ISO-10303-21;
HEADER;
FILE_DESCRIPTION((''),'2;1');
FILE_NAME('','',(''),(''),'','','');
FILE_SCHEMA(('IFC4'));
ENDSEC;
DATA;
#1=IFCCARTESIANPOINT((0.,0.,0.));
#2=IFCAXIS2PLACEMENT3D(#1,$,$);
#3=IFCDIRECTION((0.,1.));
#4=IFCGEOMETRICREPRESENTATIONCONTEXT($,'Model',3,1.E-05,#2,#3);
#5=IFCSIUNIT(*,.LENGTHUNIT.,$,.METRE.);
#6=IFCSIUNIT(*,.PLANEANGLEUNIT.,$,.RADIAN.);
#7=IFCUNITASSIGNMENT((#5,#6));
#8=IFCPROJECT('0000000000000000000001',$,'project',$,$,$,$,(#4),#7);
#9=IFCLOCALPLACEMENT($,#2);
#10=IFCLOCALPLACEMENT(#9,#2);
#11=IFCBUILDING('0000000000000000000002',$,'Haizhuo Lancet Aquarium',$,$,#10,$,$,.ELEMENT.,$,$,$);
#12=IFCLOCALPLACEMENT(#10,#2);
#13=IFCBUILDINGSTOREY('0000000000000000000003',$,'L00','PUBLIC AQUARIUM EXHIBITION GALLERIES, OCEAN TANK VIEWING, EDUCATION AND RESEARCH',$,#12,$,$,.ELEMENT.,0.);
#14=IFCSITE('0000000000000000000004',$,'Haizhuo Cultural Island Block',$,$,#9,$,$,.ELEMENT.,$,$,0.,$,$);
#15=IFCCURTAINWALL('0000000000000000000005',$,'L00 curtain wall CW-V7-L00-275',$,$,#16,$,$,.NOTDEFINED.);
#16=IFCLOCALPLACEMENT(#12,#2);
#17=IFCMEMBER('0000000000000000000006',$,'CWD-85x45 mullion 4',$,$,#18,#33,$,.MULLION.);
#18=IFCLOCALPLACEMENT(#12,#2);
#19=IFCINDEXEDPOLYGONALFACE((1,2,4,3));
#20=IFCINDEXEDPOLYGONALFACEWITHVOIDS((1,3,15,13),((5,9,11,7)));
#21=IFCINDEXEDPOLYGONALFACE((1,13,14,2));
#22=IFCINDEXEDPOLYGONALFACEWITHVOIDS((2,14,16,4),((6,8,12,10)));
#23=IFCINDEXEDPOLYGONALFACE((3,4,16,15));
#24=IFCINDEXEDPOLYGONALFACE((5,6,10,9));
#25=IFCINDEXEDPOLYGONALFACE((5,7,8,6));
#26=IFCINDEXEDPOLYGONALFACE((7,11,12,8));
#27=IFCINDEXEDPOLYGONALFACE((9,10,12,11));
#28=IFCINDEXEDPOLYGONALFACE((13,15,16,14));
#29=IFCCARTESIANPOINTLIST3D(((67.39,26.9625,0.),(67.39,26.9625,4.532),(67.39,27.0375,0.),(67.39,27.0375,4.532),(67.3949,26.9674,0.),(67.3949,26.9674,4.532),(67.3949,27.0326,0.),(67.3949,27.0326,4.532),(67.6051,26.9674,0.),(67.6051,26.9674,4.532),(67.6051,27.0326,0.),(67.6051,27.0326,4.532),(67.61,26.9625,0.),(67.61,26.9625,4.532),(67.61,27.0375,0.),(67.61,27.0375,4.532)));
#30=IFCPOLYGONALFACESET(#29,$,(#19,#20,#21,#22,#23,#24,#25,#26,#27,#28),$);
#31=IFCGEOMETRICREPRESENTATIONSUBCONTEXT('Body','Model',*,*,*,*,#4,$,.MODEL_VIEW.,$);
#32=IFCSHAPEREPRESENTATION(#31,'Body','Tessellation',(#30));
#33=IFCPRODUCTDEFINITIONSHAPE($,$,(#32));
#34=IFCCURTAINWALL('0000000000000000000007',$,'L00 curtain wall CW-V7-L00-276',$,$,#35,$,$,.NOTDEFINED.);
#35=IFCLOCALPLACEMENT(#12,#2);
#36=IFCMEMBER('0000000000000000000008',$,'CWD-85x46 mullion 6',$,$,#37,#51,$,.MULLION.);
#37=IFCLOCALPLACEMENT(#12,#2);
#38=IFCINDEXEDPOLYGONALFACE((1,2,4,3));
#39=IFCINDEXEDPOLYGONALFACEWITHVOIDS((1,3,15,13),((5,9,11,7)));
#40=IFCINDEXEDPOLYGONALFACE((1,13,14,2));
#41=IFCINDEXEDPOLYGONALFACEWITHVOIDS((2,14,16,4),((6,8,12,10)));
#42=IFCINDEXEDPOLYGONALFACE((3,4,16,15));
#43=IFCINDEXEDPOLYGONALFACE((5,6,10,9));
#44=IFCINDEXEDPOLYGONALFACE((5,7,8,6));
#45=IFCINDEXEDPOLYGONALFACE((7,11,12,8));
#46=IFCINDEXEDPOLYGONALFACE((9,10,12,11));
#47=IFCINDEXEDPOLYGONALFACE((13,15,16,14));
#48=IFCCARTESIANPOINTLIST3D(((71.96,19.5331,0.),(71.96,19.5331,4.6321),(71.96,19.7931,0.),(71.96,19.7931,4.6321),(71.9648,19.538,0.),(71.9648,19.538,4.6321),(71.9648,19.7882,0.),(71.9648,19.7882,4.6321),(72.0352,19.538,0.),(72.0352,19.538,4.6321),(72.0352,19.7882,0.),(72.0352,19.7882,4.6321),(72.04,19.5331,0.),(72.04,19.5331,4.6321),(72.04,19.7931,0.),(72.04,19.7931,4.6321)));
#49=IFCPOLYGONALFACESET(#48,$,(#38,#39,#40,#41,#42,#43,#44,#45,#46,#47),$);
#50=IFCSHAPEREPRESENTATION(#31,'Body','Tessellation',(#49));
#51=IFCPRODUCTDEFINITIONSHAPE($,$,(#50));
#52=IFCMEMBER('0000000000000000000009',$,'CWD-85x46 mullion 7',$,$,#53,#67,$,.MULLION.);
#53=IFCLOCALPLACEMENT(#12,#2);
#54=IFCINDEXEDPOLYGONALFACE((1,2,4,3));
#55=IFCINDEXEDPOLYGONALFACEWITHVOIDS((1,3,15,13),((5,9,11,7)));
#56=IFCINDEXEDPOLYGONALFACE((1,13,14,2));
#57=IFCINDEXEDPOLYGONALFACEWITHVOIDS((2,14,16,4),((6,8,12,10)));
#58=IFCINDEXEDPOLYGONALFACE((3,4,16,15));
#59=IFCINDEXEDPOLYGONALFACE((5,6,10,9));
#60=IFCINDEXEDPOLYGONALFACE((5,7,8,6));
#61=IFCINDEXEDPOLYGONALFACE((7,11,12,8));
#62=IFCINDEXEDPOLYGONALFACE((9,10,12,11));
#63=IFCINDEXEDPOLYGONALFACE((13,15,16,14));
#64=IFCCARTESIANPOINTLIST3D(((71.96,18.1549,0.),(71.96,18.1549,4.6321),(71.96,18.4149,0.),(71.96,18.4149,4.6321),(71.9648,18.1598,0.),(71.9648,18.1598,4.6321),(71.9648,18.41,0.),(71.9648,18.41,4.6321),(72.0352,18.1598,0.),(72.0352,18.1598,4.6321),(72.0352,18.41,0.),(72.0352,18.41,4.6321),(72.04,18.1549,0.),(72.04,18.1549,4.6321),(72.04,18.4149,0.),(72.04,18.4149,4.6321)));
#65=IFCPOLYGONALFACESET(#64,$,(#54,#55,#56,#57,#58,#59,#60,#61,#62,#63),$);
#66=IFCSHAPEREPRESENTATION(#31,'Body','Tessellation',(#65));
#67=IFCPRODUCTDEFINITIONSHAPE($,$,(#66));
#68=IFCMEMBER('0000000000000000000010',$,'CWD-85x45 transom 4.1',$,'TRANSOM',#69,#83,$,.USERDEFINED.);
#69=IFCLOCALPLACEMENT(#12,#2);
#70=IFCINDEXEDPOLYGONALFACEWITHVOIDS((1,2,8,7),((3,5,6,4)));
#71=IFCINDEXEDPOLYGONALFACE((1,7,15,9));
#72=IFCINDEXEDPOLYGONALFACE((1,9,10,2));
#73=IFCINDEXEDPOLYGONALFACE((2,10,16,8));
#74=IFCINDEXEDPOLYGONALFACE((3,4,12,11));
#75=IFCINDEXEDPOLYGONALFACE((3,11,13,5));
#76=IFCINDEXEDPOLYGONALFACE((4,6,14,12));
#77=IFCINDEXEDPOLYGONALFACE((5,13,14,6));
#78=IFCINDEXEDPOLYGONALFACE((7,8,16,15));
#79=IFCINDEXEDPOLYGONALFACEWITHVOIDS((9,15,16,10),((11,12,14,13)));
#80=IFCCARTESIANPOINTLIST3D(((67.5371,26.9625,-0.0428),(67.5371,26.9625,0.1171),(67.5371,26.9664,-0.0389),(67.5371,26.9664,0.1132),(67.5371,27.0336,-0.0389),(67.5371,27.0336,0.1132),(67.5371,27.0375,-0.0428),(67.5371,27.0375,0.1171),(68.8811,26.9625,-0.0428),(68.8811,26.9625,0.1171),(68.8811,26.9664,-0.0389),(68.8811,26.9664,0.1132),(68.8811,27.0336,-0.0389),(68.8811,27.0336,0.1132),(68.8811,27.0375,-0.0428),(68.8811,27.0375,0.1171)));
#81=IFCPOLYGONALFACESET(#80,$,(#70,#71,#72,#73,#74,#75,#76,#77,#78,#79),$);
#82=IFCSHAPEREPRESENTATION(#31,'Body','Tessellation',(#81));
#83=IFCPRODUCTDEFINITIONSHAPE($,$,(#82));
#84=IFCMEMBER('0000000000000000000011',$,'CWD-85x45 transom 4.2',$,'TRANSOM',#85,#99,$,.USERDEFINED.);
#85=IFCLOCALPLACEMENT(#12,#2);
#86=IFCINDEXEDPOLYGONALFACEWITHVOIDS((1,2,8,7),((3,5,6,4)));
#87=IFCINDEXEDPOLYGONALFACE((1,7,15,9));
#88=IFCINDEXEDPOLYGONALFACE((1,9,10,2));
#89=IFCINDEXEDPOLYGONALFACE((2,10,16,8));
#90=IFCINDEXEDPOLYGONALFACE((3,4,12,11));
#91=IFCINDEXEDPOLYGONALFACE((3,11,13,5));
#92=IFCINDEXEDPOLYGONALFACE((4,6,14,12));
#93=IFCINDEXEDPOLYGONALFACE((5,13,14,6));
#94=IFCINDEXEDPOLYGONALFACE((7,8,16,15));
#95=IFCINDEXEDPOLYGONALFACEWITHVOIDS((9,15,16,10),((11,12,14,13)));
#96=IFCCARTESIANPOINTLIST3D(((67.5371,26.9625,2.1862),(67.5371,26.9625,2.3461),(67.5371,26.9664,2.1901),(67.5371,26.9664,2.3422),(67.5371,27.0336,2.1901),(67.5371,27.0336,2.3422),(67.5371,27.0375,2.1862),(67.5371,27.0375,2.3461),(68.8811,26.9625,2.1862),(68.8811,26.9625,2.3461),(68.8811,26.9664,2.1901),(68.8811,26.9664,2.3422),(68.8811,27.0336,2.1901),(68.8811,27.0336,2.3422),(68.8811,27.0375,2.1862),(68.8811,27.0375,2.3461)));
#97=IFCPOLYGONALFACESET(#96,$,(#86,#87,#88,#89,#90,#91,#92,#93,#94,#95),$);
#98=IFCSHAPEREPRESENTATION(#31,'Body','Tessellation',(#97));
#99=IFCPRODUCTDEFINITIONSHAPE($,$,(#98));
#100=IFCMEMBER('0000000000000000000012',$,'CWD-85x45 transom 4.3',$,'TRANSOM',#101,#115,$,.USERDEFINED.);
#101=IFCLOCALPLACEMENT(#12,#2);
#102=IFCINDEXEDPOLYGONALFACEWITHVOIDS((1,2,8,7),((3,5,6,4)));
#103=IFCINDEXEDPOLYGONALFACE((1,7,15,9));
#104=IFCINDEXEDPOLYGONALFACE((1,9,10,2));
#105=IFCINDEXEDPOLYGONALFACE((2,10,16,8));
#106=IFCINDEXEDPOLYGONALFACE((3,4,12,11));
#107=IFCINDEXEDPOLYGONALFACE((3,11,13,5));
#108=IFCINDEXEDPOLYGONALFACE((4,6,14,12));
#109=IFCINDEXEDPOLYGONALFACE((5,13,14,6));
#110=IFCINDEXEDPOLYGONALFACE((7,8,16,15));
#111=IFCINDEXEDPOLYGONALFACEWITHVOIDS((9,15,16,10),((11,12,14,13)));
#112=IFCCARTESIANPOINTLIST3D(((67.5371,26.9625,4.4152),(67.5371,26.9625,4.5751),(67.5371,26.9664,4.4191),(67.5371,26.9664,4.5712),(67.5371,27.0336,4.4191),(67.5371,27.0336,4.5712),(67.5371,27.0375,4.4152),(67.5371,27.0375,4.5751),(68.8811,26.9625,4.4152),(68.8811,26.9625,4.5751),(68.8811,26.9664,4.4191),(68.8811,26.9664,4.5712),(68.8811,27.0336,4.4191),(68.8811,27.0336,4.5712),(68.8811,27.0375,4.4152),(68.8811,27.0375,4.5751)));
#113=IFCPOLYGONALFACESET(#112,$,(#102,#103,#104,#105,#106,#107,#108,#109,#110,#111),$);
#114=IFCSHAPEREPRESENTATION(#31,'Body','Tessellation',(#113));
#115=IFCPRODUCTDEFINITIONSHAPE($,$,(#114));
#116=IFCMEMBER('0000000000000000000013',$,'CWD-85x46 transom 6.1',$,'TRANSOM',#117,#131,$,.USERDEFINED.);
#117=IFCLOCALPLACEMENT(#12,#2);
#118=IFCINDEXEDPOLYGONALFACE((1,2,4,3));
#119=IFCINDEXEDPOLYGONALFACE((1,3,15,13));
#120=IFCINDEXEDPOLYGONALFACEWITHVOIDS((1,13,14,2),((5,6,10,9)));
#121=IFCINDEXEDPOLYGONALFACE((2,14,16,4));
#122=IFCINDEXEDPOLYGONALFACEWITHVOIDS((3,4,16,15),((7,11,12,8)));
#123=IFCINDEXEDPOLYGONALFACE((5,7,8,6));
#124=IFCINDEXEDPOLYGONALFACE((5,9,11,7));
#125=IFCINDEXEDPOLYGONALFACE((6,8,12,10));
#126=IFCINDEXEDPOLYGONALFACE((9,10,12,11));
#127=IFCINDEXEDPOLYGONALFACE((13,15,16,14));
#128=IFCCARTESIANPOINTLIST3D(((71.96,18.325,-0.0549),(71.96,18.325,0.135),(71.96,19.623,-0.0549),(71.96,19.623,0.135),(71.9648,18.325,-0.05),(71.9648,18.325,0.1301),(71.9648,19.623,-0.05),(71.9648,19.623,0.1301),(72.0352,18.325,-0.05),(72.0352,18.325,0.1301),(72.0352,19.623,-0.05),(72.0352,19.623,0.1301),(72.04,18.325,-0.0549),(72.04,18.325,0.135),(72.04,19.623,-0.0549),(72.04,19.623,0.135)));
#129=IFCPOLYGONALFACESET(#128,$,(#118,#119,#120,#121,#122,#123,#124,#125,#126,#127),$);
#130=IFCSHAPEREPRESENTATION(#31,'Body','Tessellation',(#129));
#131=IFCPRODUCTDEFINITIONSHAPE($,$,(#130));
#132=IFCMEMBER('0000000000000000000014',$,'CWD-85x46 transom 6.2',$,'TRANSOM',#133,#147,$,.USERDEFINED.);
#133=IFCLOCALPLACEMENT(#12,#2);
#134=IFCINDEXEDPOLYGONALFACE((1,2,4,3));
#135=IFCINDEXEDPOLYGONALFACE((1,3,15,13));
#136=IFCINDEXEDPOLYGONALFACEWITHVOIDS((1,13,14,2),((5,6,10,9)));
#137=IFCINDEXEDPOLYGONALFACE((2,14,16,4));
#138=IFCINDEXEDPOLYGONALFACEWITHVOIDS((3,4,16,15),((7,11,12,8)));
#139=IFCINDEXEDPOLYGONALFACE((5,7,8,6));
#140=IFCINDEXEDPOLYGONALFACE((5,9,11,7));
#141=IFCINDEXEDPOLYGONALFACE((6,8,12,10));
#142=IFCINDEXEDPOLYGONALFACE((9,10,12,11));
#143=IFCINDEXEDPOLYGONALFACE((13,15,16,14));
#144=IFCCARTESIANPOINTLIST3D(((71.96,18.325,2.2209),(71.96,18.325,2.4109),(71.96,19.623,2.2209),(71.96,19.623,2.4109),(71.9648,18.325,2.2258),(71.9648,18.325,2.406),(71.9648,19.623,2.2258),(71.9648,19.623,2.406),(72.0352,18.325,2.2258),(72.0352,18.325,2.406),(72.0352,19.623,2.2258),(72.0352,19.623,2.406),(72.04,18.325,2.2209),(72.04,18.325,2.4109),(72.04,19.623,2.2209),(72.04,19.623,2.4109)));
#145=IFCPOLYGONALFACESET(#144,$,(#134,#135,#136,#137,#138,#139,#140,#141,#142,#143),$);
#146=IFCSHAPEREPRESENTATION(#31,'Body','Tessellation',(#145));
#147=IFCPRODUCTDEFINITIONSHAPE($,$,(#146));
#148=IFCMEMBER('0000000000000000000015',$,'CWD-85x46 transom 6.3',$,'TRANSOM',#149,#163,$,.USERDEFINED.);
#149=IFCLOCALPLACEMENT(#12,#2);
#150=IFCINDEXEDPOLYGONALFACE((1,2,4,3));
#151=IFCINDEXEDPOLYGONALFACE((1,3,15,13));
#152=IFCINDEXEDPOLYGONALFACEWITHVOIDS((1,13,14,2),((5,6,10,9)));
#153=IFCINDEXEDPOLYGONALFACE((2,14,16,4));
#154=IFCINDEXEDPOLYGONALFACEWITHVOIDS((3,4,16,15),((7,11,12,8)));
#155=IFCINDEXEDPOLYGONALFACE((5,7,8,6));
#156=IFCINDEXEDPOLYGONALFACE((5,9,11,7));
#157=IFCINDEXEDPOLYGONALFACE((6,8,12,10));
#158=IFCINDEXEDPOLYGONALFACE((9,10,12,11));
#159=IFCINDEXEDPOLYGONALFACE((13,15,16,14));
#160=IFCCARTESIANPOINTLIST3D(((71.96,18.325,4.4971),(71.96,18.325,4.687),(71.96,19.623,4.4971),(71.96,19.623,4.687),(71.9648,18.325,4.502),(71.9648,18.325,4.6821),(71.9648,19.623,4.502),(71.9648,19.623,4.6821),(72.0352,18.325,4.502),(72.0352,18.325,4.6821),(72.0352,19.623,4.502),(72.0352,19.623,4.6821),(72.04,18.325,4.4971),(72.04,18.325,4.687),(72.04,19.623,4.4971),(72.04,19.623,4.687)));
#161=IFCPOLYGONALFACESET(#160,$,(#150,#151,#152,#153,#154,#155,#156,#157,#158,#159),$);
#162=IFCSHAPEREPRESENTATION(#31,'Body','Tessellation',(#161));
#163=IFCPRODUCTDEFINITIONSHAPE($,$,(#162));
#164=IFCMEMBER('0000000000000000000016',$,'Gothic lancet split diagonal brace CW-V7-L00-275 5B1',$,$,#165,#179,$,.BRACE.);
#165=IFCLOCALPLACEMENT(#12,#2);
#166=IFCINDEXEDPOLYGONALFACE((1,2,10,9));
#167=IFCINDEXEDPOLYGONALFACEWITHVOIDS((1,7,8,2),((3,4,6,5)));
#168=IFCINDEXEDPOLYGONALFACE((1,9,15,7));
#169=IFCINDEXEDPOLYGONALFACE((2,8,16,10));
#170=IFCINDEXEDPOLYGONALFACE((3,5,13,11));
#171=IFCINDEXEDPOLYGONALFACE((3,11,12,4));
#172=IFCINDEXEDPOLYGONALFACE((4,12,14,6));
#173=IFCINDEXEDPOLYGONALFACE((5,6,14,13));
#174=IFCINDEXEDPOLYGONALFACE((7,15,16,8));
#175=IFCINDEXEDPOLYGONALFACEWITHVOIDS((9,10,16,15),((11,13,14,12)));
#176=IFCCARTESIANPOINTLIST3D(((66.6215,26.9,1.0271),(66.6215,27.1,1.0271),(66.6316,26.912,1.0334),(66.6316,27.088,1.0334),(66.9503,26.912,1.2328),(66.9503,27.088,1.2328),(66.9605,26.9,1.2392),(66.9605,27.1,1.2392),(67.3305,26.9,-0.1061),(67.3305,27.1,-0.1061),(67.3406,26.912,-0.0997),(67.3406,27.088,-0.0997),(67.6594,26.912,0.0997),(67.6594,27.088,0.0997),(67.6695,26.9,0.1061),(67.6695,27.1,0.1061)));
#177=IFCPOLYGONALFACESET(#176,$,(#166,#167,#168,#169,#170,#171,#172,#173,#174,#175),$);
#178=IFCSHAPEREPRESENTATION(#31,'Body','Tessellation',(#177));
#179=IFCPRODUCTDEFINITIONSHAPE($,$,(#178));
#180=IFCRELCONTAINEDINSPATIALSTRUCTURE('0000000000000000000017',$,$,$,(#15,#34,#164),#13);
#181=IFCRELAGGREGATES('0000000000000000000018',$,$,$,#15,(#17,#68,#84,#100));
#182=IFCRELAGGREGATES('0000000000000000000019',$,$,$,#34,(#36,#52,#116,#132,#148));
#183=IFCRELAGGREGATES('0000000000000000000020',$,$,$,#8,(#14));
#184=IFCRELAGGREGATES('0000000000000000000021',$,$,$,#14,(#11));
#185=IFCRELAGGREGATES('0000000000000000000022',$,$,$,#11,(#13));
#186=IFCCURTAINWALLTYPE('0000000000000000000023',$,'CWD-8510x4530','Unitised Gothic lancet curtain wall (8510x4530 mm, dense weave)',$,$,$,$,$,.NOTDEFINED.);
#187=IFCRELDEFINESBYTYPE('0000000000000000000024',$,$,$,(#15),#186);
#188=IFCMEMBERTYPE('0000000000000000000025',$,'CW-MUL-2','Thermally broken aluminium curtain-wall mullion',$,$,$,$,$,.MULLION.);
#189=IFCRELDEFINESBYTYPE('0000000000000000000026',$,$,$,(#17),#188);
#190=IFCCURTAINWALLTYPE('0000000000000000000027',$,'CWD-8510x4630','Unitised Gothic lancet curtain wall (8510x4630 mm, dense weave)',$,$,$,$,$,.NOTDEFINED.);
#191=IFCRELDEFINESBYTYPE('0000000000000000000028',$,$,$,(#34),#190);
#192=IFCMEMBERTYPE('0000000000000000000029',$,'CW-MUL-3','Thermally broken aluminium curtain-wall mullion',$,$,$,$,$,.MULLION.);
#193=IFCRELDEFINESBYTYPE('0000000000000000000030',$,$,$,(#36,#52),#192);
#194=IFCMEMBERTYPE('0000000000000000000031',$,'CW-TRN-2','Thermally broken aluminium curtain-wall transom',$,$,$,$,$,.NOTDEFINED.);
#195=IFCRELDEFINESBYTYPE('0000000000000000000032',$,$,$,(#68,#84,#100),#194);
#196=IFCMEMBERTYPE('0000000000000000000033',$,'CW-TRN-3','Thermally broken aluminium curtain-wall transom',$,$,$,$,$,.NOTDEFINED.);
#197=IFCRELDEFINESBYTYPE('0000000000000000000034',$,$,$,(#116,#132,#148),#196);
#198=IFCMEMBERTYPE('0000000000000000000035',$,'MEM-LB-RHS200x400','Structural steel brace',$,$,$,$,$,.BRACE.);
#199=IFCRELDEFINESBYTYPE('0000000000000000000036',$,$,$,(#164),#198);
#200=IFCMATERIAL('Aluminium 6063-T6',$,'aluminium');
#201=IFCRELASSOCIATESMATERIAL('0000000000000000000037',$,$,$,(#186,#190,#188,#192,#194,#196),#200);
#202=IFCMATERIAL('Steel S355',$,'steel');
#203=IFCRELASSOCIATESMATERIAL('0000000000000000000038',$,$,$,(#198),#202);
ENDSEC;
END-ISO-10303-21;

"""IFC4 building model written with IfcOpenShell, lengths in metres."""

from ifc_helpers import new_model, si_unit, direction, frame, origin, origin_2d, place, context, subcontext, project, spatial, hollow_rectangle, extrude, material, material_profile, profile_set, type_object, element, aggregate, save


model = new_model("IFC4")

# Units and contexts
model_context = context("Model", 3, precision=1e-05, world=origin(), true_north=direction((0.0, 1.0)))
body_context = subcontext(model_context, "Body", "Model", "MODEL_VIEW")
ifc_project = project(units=[si_unit("LENGTHUNIT", "METRE"), si_unit("PLANEANGLEUNIT", "RADIAN")], contexts=[model_context])

# Site, building, storey
site_placement = place(None, origin())
site = spatial("IfcSite", under=ifc_project, at=site_placement, Name="Haizhuo Cultural Island Block", CompositionType="ELEMENT", RefElevation=0.0)
building_placement = place(site_placement, origin())
building = spatial("IfcBuilding", under=site, at=building_placement, Name="Haizhuo Lancet Aquarium", CompositionType="ELEMENT")
storey_placement = place(building_placement, origin())
storey = spatial("IfcBuildingStorey", under=building, at=storey_placement, Name="L00", Description="PUBLIC AQUARIUM EXHIBITION GALLERIES, OCEAN TANK VIEWING, EDUCATION AND RESEARCH", CompositionType="ELEMENT", Elevation=0.0)

# Curtain wall, member
ifc_material_1 = material(Name="Aluminium 6063-T6", Category="aluminium")
curtain_wall_type_1 = type_object("IfcCurtainWallType", Name="CWD-8510x4530", Description="Unitised Gothic lancet curtain wall (8510x4530 mm, dense weave)", PredefinedType="NOTDEFINED", material=ifc_material_1)
curtain_wall_1_placement = place(storey_placement, origin())
curtain_wall_1 = element("IfcCurtainWall", 1, at=curtain_wall_1_placement, inside=storey, type_object=curtain_wall_type_1, Name="L00 curtain wall CW-V7-L00-275", PredefinedType="NOTDEFINED")
ifc_material_profile_1 = material_profile(ifc_material_1, hollow_rectangle(XDim=0.075, YDim=0.22, WallThickness=0.0049, at=origin_2d()), Name="ALU-M 75x220x5")
ifc_profile_set_1 = profile_set([ifc_material_profile_1], Name="Aluminium 6063-T6")
member_type_1 = type_object("IfcMemberType", Name="CW-MUL-2", Description="Thermally broken aluminium curtain-wall mullion", PredefinedType="MULLION", material=ifc_profile_set_1)
member_1_placement = place(storey_placement, frame((67.5, 27.0, 0.0), z_axis=(0.0, 0.0, 1.0), x_axis=(0.0, 1.0, 0.0)))
member_1 = element("IfcMember", 2, at=member_1_placement, type_object=member_type_1, Name="CWD-85x45 mullion 4", PredefinedType="MULLION", context=body_context, shape_type="SweptSolid", body=[
    extrude(hollow_rectangle(XDim=0.075, YDim=0.22, WallThickness=0.0049, at=origin_2d()), origin(), (0.0, 0.0, 1.0), 4.532),
])

# Curtain wall, members
curtain_wall_type_2 = type_object("IfcCurtainWallType", Name="CWD-8510x4630", Description="Unitised Gothic lancet curtain wall (8510x4630 mm, dense weave)", PredefinedType="NOTDEFINED", material=ifc_material_1)
curtain_wall_2_placement = place(storey_placement, origin())
curtain_wall_2 = element("IfcCurtainWall", 3, at=curtain_wall_2_placement, inside=storey, type_object=curtain_wall_type_2, Name="L00 curtain wall CW-V7-L00-276", PredefinedType="NOTDEFINED")
ifc_material_profile_2 = material_profile(ifc_material_1, hollow_rectangle(XDim=0.0801, YDim=0.26, WallThickness=0.0049, at=origin_2d()), Name="ALU-M 80x260x5")
ifc_profile_set_2 = profile_set([ifc_material_profile_2], Name="Aluminium 6063-T6")
member_type_2 = type_object("IfcMemberType", Name="CW-MUL-3", Description="Thermally broken aluminium curtain-wall mullion", PredefinedType="MULLION", material=ifc_profile_set_2)
member_2_placement = place(storey_placement, frame((72.0, 19.6631, 0.0), z_axis=(0.0, 0.0, 1.0), x_axis=(1.0, 0.0, 0.0)))
member_2 = element("IfcMember", 4, at=member_2_placement, type_object=member_type_2, Name="CWD-85x46 mullion 6", PredefinedType="MULLION", context=body_context, shape_type="SweptSolid", body=[
    extrude(hollow_rectangle(XDim=0.0801, YDim=0.26, WallThickness=0.0049, at=origin_2d()), origin(), (0.0, 0.0, 1.0), 4.6321),
])
member_3_placement = place(storey_placement, frame((72.0, 18.2849, 0.0), z_axis=(0.0, 0.0, 1.0), x_axis=(1.0, 0.0, 0.0)))
member_3 = element("IfcMember", 5, at=member_3_placement, type_object=member_type_2, Name="CWD-85x46 mullion 7", PredefinedType="MULLION", context=body_context, shape_type="SweptSolid", body=[
    extrude(hollow_rectangle(XDim=0.0801, YDim=0.26, WallThickness=0.0049, at=origin_2d()), origin(), (0.0, 0.0, 1.0), 4.6321),
])

# Members
ifc_material_profile_3 = material_profile(ifc_material_1, hollow_rectangle(XDim=0.075, YDim=0.1599, WallThickness=0.0039, at=origin_2d()), Name="ALU-T 75x160x4")
ifc_profile_set_3 = profile_set([ifc_material_profile_3], Name="Aluminium 6063-T6")
member_type_3 = type_object("IfcMemberType", Name="CW-TRN-2", Description="Thermally broken aluminium curtain-wall transom", PredefinedType="NOTDEFINED", material=ifc_profile_set_3)
member_4_placement = place(storey_placement, frame((67.5371, 27.0, 0.0371), z_axis=(1.0, 0.0, 0.0), x_axis=(0.0, 1.0, 0.0)))
member_4 = element("IfcMember", 6, at=member_4_placement, type_object=member_type_3, Name="CWD-85x45 transom 4.1", ObjectType="TRANSOM", PredefinedType="USERDEFINED", context=body_context, shape_type="SweptSolid", body=[
    extrude(hollow_rectangle(XDim=0.075, YDim=0.1599, WallThickness=0.0039, at=origin_2d()), origin(), (0.0, 0.0, 1.0), 1.344),
])
member_5_placement = place(storey_placement, frame((67.5371, 27.0, 2.2661), z_axis=(1.0, 0.0, 0.0), x_axis=(0.0, 1.0, 0.0)))
member_5 = element("IfcMember", 7, at=member_5_placement, type_object=member_type_3, Name="CWD-85x45 transom 4.2", ObjectType="TRANSOM", PredefinedType="USERDEFINED", context=body_context, shape_type="SweptSolid", body=[
    extrude(hollow_rectangle(XDim=0.075, YDim=0.1599, WallThickness=0.0039, at=origin_2d()), origin(), (0.0, 0.0, 1.0), 1.344),
])
member_6_placement = place(storey_placement, frame((67.5371, 27.0, 4.4951), z_axis=(1.0, 0.0, 0.0), x_axis=(0.0, 1.0, 0.0)))
member_6 = element("IfcMember", 8, at=member_6_placement, type_object=member_type_3, Name="CWD-85x45 transom 4.3", ObjectType="TRANSOM", PredefinedType="USERDEFINED", context=body_context, shape_type="SweptSolid", body=[
    extrude(hollow_rectangle(XDim=0.075, YDim=0.1599, WallThickness=0.0039, at=origin_2d()), origin(), (0.0, 0.0, 1.0), 1.344),
])
ifc_material_profile_4 = material_profile(ifc_material_1, hollow_rectangle(XDim=0.0801, YDim=0.1899, WallThickness=0.0049, at=origin_2d()), Name="ALU-T 80x190x5")
ifc_profile_set_4 = profile_set([ifc_material_profile_4], Name="Aluminium 6063-T6")
member_type_4 = type_object("IfcMemberType", Name="CW-TRN-3", Description="Thermally broken aluminium curtain-wall transom", PredefinedType="NOTDEFINED", material=ifc_profile_set_4)
member_7_placement = place(storey_placement, frame((72.0, 19.623, 0.04), z_axis=(0.0, -1.0, 0.0), x_axis=(1.0, 0.0, 0.0)))
member_7 = element("IfcMember", 9, at=member_7_placement, type_object=member_type_4, Name="CWD-85x46 transom 6.1", ObjectType="TRANSOM", PredefinedType="USERDEFINED", context=body_context, shape_type="SweptSolid", body=[
    extrude(hollow_rectangle(XDim=0.0801, YDim=0.1899, WallThickness=0.0049, at=origin_2d()), origin(), (0.0, 0.0, 1.0), 1.2981),
])
member_8_placement = place(storey_placement, frame((72.0, 19.623, 2.3159), z_axis=(0.0, -1.0, 0.0), x_axis=(1.0, 0.0, 0.0)))
member_8 = element("IfcMember", 10, at=member_8_placement, type_object=member_type_4, Name="CWD-85x46 transom 6.2", ObjectType="TRANSOM", PredefinedType="USERDEFINED", context=body_context, shape_type="SweptSolid", body=[
    extrude(hollow_rectangle(XDim=0.0801, YDim=0.1899, WallThickness=0.0049, at=origin_2d()), origin(), (0.0, 0.0, 1.0), 1.2981),
])
member_9_placement = place(storey_placement, frame((72.0, 19.623, 4.592), z_axis=(0.0, -1.0, 0.0), x_axis=(1.0, 0.0, 0.0)))
member_9 = element("IfcMember", 11, at=member_9_placement, type_object=member_type_4, Name="CWD-85x46 transom 6.3", ObjectType="TRANSOM", PredefinedType="USERDEFINED", context=body_context, shape_type="SweptSolid", body=[
    extrude(hollow_rectangle(XDim=0.0801, YDim=0.1899, WallThickness=0.0049, at=origin_2d()), origin(), (0.0, 0.0, 1.0), 1.2981),
])

# Member
ifc_material_2 = material(Name="Steel S355", Category="steel")
ifc_material_profile_5 = material_profile(ifc_material_2, hollow_rectangle(XDim=0.2, YDim=0.3999, WallThickness=0.012, at=origin_2d()), Name="RHS 200x400x12")
ifc_profile_set_5 = profile_set([ifc_material_profile_5], Name="Steel S355")
member_type_5 = type_object("IfcMemberType", Name="MEM-LB-RHS200x400", Description="Structural steel brace", PredefinedType="BRACE", material=ifc_profile_set_5)
member_10_placement = place(storey_placement, frame((67.5, 27.0, 0.0), z_axis=(-0.530442, 0.0, 0.847721), x_axis=(0.0, -1.0, 0.0)))
element("IfcMember", 12, at=member_10_placement, inside=storey, type_object=member_type_5, Name="Gothic lancet split diagonal brace CW-V7-L00-275 5B1", PredefinedType="BRACE", context=body_context, shape_type="SweptSolid", body=[
    extrude(hollow_rectangle(XDim=0.2, YDim=0.3999, WallThickness=0.012, at=origin_2d()), origin(), (0.0, 0.0, 1.0), 1.3367),
])

aggregate(curtain_wall_1, [member_1, member_4, member_5, member_6])
aggregate(curtain_wall_2, [member_2, member_3, member_7, member_8, member_9])

save(model, "model.ifc")
